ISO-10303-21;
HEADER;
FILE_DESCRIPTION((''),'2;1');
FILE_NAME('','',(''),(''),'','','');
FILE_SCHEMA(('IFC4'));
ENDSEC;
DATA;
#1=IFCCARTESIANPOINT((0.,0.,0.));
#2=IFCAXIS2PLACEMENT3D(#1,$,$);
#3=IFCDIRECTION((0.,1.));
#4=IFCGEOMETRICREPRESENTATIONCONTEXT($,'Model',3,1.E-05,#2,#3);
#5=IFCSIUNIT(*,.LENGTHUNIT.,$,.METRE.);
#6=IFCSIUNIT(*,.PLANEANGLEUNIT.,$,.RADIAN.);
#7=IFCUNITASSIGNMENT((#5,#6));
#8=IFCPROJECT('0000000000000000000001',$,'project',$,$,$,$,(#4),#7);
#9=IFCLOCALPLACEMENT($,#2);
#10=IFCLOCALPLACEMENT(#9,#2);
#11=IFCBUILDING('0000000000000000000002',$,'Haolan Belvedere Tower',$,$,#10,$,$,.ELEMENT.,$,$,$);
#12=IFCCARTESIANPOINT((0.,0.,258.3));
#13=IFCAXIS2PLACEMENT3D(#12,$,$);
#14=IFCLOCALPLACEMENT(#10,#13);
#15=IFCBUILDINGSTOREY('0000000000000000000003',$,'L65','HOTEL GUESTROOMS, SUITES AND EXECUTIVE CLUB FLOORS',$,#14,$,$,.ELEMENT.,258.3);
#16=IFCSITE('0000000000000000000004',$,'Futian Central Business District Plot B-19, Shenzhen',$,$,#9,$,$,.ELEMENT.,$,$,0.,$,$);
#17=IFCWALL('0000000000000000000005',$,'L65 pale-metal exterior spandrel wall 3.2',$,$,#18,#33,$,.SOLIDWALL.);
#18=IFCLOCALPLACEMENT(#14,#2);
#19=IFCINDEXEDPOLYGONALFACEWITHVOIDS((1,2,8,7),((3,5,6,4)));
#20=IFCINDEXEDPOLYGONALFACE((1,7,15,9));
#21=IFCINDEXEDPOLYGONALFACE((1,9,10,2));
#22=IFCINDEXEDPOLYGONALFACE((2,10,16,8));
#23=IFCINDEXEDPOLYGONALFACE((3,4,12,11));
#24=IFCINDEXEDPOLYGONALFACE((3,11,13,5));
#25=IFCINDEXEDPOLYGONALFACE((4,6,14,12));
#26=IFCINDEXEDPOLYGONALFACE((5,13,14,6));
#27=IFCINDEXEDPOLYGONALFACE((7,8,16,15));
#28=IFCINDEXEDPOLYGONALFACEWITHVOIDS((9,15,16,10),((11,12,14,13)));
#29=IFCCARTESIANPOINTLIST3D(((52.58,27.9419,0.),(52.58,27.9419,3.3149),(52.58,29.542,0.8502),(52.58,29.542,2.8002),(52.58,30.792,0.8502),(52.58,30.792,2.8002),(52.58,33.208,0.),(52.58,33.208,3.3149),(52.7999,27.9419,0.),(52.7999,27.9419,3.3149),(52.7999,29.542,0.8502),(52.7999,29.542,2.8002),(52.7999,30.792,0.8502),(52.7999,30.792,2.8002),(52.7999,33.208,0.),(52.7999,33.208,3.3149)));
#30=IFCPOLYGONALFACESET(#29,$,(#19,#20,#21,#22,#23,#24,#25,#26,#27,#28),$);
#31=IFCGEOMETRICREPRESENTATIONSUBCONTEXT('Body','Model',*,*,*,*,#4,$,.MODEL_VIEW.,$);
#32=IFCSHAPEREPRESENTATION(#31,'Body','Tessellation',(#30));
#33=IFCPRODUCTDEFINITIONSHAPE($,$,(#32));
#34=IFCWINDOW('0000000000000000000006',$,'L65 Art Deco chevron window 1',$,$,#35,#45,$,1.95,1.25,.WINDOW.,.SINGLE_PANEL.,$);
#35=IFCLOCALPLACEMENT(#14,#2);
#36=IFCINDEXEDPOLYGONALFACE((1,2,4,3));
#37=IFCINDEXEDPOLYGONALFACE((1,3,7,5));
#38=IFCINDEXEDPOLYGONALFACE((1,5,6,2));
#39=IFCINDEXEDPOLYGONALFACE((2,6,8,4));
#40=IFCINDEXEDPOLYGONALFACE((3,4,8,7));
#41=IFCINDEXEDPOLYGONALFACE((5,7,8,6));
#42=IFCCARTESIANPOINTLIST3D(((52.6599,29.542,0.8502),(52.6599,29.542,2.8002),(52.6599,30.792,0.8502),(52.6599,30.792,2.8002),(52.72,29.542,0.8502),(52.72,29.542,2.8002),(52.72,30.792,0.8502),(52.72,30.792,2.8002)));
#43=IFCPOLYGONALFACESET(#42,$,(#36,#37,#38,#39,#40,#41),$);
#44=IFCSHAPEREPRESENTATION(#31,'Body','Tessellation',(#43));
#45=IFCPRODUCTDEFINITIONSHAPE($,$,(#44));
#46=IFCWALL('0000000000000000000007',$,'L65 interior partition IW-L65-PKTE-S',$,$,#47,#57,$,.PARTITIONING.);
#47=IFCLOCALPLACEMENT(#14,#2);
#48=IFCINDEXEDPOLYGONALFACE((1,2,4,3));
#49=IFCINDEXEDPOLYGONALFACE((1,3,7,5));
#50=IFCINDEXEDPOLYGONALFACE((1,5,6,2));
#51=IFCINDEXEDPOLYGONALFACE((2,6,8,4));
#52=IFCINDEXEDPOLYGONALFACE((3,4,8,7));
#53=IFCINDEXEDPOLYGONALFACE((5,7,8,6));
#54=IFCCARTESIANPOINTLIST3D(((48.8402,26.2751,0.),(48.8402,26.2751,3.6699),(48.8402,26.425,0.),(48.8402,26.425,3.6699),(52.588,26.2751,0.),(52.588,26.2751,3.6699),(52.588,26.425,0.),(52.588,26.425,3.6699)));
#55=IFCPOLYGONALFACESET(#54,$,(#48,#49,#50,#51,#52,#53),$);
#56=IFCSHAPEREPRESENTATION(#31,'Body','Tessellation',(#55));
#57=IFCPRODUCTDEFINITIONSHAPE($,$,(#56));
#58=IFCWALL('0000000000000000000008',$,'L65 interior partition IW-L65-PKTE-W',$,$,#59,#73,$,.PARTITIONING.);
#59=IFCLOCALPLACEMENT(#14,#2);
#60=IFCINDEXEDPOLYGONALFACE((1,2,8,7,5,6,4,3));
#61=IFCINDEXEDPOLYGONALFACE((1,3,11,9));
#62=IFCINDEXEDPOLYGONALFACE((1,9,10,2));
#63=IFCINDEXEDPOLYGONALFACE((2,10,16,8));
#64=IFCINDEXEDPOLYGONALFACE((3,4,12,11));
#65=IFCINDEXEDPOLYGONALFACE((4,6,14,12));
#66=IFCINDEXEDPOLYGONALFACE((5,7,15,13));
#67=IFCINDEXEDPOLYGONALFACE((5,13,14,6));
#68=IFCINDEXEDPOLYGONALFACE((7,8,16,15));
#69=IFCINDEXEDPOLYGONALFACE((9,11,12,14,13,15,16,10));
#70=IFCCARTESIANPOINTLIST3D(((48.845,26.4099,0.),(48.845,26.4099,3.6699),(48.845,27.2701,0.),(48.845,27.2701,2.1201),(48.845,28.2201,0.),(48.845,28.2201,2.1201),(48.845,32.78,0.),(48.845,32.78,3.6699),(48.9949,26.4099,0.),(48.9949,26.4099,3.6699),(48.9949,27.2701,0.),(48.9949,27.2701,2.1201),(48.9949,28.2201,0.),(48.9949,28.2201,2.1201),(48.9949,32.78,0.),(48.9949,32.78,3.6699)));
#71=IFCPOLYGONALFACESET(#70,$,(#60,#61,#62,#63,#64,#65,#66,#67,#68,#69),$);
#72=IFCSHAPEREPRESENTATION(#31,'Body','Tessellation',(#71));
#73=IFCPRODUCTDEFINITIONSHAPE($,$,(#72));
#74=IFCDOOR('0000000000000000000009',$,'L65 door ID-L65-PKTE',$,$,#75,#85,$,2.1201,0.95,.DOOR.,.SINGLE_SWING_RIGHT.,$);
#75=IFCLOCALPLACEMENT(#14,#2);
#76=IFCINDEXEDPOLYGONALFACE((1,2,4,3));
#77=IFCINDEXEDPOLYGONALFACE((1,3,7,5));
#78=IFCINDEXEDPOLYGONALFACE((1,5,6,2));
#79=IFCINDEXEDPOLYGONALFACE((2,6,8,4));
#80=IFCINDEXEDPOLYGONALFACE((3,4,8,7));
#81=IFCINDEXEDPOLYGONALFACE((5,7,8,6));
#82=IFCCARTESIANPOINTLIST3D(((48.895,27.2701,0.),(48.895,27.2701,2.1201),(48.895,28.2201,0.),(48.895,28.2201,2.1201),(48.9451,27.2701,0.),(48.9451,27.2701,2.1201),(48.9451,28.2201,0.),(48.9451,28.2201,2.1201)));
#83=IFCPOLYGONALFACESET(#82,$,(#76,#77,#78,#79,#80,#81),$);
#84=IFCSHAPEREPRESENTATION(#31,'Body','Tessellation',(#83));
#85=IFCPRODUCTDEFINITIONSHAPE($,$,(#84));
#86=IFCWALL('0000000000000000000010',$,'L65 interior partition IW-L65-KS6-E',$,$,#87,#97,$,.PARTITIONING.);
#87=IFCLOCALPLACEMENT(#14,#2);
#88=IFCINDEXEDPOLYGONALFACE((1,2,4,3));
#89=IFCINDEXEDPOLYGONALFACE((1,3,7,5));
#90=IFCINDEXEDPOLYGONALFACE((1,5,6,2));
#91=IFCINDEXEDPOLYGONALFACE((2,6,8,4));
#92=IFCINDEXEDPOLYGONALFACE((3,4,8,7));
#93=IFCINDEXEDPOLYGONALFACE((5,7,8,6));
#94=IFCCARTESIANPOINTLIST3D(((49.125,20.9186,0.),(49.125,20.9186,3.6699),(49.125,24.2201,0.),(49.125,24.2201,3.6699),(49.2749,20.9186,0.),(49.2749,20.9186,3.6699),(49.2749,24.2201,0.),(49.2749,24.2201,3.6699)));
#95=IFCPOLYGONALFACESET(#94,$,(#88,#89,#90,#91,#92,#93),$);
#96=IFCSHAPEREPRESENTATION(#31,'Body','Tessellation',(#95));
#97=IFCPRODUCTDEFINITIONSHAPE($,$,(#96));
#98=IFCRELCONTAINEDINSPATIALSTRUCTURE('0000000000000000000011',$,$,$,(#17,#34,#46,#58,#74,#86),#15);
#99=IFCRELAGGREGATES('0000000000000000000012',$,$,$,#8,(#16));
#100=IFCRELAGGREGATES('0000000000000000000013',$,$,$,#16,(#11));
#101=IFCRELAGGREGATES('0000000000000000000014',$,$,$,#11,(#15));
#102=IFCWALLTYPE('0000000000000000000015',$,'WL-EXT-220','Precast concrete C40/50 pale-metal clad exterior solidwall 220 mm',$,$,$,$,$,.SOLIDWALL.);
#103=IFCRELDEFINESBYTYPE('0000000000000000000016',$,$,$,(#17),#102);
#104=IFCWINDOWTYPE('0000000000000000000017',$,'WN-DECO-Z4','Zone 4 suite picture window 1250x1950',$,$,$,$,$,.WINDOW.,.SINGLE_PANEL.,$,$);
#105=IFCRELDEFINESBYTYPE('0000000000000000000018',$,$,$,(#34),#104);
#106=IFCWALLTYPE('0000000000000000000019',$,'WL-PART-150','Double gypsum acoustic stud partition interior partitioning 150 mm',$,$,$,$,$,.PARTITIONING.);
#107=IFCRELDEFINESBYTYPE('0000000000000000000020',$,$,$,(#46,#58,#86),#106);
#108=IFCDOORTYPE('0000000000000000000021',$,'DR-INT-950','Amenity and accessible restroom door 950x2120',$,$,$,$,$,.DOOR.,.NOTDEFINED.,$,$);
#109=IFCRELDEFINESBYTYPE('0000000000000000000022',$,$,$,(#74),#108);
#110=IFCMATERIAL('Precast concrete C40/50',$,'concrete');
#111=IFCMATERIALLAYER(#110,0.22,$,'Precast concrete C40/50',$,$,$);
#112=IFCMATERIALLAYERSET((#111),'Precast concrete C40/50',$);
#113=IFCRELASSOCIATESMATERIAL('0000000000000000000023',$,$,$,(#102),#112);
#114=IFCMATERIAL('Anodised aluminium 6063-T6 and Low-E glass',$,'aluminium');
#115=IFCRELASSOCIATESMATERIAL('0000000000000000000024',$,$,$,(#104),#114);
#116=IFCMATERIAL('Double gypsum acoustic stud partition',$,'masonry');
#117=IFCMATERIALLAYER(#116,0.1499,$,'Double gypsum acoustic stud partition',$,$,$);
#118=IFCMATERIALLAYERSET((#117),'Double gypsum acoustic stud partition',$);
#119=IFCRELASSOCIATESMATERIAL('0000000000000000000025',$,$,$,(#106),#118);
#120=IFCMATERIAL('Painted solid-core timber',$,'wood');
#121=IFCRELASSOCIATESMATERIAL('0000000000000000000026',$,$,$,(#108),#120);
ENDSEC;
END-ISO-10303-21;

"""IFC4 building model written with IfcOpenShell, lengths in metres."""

from ifc_helpers import new_model, si_unit, direction, frame, frame_2d, origin, place, context, subcontext, project, spatial, rectangle, extrude, material, layer, layer_set, type_object, element, fill, save


model = new_model("IFC4")

# Units and contexts
model_context = context("Model", 3, precision=1e-05, world=origin(), true_north=direction((0.0, 1.0)))
body_context = subcontext(model_context, "Body", "Model", "MODEL_VIEW")
ifc_project = project(units=[si_unit("LENGTHUNIT", "METRE"), si_unit("PLANEANGLEUNIT", "RADIAN")], contexts=[model_context])

# Site, building, storey
site_placement = place(None, origin())
site = spatial("IfcSite", under=ifc_project, at=site_placement, Name="Futian Central Business District Plot B-19, Shenzhen", CompositionType="ELEMENT", RefElevation=0.0)
building_placement = place(site_placement, origin())
building = spatial("IfcBuilding", under=site, at=building_placement, Name="Haolan Belvedere Tower", CompositionType="ELEMENT")
storey_placement = place(building_placement, frame((0.0, 0.0, 258.3)))
storey = spatial("IfcBuildingStorey", under=building, at=storey_placement, Name="L65", Description="HOTEL GUESTROOMS, SUITES AND EXECUTIVE CLUB FLOORS", CompositionType="ELEMENT", Elevation=258.3)

# Wall, opening, window
ifc_material_1 = material(Name="Precast concrete C40/50", Category="concrete")
ifc_layer_1 = layer(ifc_material_1, 0.22, Name="Precast concrete C40/50")
ifc_layer_set_1 = layer_set([ifc_layer_1], Name="Precast concrete C40/50")
wall_type_1 = type_object("IfcWallType", Name="WL-EXT-220", Description="Precast concrete C40/50 pale-metal clad exterior solidwall 220 mm", PredefinedType="SOLIDWALL", material=ifc_layer_set_1)
ifc_material_2 = material(Name="Anodised aluminium 6063-T6 and Low-E glass", Category="aluminium")
window_type = type_object("IfcWindowType", Name="WN-DECO-Z4", Description="Zone 4 suite picture window 1250x1950", PartitioningType="SINGLE_PANEL", PredefinedType="WINDOW", material=ifc_material_2)
wall_1_placement = place(storey_placement, frame((52.6899, 27.9419, 0.0), z_axis=(0.0, 0.0, 1.0), x_axis=(0.0, 1.0, 0.0)))
wall_1 = element("IfcWall", 1, at=wall_1_placement, inside=storey, type_object=wall_type_1, Name="L65 pale-metal exterior spandrel wall 3.2", PredefinedType="SOLIDWALL", context=body_context, shape_type="SweptSolid", body=[
    extrude(rectangle(XDim=5.2661, YDim=0.22, at=frame_2d((2.6331, 0.0))), origin(), (0.0, 0.0, 1.0), 3.3149),
])
opening_1_placement = place(wall_1_placement, frame((1.6001, 0.0, 0.8501)))
opening_1 = element("IfcOpeningElement", 2, at=opening_1_placement, cuts=wall_1, PredefinedType="OPENING", context=body_context, shape_type="SweptSolid", body=[
    extrude(rectangle(XDim=1.25, YDim=1.95, at=frame_2d((0.625, 0.9751))), frame((0.0, 0.1199, 0.0), z_axis=(0.0, -1.0, 0.0), x_axis=(1.0, 0.0, 0.0)), (0.0, 0.0, 1.0), 0.24),
])
window_1_placement = place(opening_1_placement, origin())
window_1 = element("IfcWindow", 3, at=window_1_placement, inside=storey, type_object=window_type, Name="L65 Art Deco chevron window 1", OverallHeight=1.95, OverallWidth=1.25, PartitioningType="SINGLE_PANEL", PredefinedType="WINDOW", context=body_context, shape_type="SweptSolid", body=[
    extrude(rectangle(XDim=1.25, YDim=1.95, at=frame_2d((0.625, 0.9751))), frame((0.0, 0.03, 0.0), z_axis=(0.0, -1.0, 0.0), x_axis=(1.0, 0.0, 0.0)), (0.0, 0.0, 1.0), 0.0601),
])
fill(opening_1, window_1)

# Wall
ifc_material_3 = material(Name="Double gypsum acoustic stud partition", Category="masonry")
ifc_layer_2 = layer(ifc_material_3, 0.1499, Name="Double gypsum acoustic stud partition")
ifc_layer_set_2 = layer_set([ifc_layer_2], Name="Double gypsum acoustic stud partition")
wall_type_2 = type_object("IfcWallType", Name="WL-PART-150", Description="Double gypsum acoustic stud partition interior partitioning 150 mm", PredefinedType="PARTITIONING", material=ifc_layer_set_2)
wall_2_placement = place(storey_placement, frame((48.8401, 26.3501, 0.0), z_axis=(0.0, 0.0, 1.0), x_axis=(1.0, 0.0, 0.0)))
element("IfcWall", 4, at=wall_2_placement, inside=storey, type_object=wall_type_2, Name="L65 interior partition IW-L65-PKTE-S", PredefinedType="PARTITIONING", context=body_context, shape_type="SweptSolid", body=[
    extrude(rectangle(XDim=3.7478, YDim=0.1499, at=frame_2d((1.874, 0.0))), origin(), (0.0, 0.0, 1.0), 3.6699),
])

# Wall, opening, door
wall_3_placement = place(storey_placement, frame((48.9199, 26.4099, 0.0), z_axis=(0.0, 0.0, 1.0), x_axis=(0.0, 1.0, 0.0)))
wall_3 = element("IfcWall", 5, at=wall_3_placement, inside=storey, type_object=wall_type_2, Name="L65 interior partition IW-L65-PKTE-W", PredefinedType="PARTITIONING", context=body_context, shape_type="SweptSolid", body=[
    extrude(rectangle(XDim=6.3701, YDim=0.1499, at=frame_2d((3.1851, 0.0))), origin(), (0.0, 0.0, 1.0), 3.6699),
])
opening_2_placement = place(wall_3_placement, frame((0.8601, 0.0, 0.0)))
opening_2 = element("IfcOpeningElement", 6, at=opening_2_placement, cuts=wall_3, PredefinedType="OPENING", context=body_context, shape_type="SweptSolid", body=[
    extrude(rectangle(XDim=0.95, YDim=2.1201, at=frame_2d((0.4751, 1.0601))), frame((0.0, 0.085, 0.0), z_axis=(0.0, -1.0, 0.0), x_axis=(1.0, 0.0, 0.0)), (0.0, 0.0, 1.0), 0.1699),
])
ifc_material_4 = material(Name="Painted solid-core timber", Category="wood")
door_type = type_object("IfcDoorType", Name="DR-INT-950", Description="Amenity and accessible restroom door 950x2120", OperationType="NOTDEFINED", PredefinedType="DOOR", material=ifc_material_4)
door_1_placement = place(opening_2_placement, origin())
door_1 = element("IfcDoor", 7, at=door_1_placement, inside=storey, type_object=door_type, Name="L65 door ID-L65-PKTE", OperationType="SINGLE_SWING_RIGHT", OverallHeight=2.1201, OverallWidth=0.95, PredefinedType="DOOR", context=body_context, shape_type="SweptSolid", body=[
    extrude(rectangle(XDim=0.95, YDim=2.1201, at=frame_2d((0.4751, 1.0601))), frame((0.0, 0.0249, 0.0), z_axis=(0.0, -1.0, 0.0), x_axis=(1.0, 0.0, 0.0)), (0.0, 0.0, 1.0), 0.05),
])
fill(opening_2, door_1)

# Wall
wall_4_placement = place(storey_placement, frame((49.2, 20.9185, 0.0), z_axis=(0.0, 0.0, 1.0), x_axis=(0.0, 1.0, 0.0)))
element("IfcWall", 8, at=wall_4_placement, inside=storey, type_object=wall_type_2, Name="L65 interior partition IW-L65-KS6-E", PredefinedType="PARTITIONING", context=body_context, shape_type="SweptSolid", body=[
    extrude(rectangle(XDim=3.3015, YDim=0.1499, at=frame_2d((1.6509, 0.0))), origin(), (0.0, 0.0, 1.0), 3.6699),
])

save(model, "model.ifc")
